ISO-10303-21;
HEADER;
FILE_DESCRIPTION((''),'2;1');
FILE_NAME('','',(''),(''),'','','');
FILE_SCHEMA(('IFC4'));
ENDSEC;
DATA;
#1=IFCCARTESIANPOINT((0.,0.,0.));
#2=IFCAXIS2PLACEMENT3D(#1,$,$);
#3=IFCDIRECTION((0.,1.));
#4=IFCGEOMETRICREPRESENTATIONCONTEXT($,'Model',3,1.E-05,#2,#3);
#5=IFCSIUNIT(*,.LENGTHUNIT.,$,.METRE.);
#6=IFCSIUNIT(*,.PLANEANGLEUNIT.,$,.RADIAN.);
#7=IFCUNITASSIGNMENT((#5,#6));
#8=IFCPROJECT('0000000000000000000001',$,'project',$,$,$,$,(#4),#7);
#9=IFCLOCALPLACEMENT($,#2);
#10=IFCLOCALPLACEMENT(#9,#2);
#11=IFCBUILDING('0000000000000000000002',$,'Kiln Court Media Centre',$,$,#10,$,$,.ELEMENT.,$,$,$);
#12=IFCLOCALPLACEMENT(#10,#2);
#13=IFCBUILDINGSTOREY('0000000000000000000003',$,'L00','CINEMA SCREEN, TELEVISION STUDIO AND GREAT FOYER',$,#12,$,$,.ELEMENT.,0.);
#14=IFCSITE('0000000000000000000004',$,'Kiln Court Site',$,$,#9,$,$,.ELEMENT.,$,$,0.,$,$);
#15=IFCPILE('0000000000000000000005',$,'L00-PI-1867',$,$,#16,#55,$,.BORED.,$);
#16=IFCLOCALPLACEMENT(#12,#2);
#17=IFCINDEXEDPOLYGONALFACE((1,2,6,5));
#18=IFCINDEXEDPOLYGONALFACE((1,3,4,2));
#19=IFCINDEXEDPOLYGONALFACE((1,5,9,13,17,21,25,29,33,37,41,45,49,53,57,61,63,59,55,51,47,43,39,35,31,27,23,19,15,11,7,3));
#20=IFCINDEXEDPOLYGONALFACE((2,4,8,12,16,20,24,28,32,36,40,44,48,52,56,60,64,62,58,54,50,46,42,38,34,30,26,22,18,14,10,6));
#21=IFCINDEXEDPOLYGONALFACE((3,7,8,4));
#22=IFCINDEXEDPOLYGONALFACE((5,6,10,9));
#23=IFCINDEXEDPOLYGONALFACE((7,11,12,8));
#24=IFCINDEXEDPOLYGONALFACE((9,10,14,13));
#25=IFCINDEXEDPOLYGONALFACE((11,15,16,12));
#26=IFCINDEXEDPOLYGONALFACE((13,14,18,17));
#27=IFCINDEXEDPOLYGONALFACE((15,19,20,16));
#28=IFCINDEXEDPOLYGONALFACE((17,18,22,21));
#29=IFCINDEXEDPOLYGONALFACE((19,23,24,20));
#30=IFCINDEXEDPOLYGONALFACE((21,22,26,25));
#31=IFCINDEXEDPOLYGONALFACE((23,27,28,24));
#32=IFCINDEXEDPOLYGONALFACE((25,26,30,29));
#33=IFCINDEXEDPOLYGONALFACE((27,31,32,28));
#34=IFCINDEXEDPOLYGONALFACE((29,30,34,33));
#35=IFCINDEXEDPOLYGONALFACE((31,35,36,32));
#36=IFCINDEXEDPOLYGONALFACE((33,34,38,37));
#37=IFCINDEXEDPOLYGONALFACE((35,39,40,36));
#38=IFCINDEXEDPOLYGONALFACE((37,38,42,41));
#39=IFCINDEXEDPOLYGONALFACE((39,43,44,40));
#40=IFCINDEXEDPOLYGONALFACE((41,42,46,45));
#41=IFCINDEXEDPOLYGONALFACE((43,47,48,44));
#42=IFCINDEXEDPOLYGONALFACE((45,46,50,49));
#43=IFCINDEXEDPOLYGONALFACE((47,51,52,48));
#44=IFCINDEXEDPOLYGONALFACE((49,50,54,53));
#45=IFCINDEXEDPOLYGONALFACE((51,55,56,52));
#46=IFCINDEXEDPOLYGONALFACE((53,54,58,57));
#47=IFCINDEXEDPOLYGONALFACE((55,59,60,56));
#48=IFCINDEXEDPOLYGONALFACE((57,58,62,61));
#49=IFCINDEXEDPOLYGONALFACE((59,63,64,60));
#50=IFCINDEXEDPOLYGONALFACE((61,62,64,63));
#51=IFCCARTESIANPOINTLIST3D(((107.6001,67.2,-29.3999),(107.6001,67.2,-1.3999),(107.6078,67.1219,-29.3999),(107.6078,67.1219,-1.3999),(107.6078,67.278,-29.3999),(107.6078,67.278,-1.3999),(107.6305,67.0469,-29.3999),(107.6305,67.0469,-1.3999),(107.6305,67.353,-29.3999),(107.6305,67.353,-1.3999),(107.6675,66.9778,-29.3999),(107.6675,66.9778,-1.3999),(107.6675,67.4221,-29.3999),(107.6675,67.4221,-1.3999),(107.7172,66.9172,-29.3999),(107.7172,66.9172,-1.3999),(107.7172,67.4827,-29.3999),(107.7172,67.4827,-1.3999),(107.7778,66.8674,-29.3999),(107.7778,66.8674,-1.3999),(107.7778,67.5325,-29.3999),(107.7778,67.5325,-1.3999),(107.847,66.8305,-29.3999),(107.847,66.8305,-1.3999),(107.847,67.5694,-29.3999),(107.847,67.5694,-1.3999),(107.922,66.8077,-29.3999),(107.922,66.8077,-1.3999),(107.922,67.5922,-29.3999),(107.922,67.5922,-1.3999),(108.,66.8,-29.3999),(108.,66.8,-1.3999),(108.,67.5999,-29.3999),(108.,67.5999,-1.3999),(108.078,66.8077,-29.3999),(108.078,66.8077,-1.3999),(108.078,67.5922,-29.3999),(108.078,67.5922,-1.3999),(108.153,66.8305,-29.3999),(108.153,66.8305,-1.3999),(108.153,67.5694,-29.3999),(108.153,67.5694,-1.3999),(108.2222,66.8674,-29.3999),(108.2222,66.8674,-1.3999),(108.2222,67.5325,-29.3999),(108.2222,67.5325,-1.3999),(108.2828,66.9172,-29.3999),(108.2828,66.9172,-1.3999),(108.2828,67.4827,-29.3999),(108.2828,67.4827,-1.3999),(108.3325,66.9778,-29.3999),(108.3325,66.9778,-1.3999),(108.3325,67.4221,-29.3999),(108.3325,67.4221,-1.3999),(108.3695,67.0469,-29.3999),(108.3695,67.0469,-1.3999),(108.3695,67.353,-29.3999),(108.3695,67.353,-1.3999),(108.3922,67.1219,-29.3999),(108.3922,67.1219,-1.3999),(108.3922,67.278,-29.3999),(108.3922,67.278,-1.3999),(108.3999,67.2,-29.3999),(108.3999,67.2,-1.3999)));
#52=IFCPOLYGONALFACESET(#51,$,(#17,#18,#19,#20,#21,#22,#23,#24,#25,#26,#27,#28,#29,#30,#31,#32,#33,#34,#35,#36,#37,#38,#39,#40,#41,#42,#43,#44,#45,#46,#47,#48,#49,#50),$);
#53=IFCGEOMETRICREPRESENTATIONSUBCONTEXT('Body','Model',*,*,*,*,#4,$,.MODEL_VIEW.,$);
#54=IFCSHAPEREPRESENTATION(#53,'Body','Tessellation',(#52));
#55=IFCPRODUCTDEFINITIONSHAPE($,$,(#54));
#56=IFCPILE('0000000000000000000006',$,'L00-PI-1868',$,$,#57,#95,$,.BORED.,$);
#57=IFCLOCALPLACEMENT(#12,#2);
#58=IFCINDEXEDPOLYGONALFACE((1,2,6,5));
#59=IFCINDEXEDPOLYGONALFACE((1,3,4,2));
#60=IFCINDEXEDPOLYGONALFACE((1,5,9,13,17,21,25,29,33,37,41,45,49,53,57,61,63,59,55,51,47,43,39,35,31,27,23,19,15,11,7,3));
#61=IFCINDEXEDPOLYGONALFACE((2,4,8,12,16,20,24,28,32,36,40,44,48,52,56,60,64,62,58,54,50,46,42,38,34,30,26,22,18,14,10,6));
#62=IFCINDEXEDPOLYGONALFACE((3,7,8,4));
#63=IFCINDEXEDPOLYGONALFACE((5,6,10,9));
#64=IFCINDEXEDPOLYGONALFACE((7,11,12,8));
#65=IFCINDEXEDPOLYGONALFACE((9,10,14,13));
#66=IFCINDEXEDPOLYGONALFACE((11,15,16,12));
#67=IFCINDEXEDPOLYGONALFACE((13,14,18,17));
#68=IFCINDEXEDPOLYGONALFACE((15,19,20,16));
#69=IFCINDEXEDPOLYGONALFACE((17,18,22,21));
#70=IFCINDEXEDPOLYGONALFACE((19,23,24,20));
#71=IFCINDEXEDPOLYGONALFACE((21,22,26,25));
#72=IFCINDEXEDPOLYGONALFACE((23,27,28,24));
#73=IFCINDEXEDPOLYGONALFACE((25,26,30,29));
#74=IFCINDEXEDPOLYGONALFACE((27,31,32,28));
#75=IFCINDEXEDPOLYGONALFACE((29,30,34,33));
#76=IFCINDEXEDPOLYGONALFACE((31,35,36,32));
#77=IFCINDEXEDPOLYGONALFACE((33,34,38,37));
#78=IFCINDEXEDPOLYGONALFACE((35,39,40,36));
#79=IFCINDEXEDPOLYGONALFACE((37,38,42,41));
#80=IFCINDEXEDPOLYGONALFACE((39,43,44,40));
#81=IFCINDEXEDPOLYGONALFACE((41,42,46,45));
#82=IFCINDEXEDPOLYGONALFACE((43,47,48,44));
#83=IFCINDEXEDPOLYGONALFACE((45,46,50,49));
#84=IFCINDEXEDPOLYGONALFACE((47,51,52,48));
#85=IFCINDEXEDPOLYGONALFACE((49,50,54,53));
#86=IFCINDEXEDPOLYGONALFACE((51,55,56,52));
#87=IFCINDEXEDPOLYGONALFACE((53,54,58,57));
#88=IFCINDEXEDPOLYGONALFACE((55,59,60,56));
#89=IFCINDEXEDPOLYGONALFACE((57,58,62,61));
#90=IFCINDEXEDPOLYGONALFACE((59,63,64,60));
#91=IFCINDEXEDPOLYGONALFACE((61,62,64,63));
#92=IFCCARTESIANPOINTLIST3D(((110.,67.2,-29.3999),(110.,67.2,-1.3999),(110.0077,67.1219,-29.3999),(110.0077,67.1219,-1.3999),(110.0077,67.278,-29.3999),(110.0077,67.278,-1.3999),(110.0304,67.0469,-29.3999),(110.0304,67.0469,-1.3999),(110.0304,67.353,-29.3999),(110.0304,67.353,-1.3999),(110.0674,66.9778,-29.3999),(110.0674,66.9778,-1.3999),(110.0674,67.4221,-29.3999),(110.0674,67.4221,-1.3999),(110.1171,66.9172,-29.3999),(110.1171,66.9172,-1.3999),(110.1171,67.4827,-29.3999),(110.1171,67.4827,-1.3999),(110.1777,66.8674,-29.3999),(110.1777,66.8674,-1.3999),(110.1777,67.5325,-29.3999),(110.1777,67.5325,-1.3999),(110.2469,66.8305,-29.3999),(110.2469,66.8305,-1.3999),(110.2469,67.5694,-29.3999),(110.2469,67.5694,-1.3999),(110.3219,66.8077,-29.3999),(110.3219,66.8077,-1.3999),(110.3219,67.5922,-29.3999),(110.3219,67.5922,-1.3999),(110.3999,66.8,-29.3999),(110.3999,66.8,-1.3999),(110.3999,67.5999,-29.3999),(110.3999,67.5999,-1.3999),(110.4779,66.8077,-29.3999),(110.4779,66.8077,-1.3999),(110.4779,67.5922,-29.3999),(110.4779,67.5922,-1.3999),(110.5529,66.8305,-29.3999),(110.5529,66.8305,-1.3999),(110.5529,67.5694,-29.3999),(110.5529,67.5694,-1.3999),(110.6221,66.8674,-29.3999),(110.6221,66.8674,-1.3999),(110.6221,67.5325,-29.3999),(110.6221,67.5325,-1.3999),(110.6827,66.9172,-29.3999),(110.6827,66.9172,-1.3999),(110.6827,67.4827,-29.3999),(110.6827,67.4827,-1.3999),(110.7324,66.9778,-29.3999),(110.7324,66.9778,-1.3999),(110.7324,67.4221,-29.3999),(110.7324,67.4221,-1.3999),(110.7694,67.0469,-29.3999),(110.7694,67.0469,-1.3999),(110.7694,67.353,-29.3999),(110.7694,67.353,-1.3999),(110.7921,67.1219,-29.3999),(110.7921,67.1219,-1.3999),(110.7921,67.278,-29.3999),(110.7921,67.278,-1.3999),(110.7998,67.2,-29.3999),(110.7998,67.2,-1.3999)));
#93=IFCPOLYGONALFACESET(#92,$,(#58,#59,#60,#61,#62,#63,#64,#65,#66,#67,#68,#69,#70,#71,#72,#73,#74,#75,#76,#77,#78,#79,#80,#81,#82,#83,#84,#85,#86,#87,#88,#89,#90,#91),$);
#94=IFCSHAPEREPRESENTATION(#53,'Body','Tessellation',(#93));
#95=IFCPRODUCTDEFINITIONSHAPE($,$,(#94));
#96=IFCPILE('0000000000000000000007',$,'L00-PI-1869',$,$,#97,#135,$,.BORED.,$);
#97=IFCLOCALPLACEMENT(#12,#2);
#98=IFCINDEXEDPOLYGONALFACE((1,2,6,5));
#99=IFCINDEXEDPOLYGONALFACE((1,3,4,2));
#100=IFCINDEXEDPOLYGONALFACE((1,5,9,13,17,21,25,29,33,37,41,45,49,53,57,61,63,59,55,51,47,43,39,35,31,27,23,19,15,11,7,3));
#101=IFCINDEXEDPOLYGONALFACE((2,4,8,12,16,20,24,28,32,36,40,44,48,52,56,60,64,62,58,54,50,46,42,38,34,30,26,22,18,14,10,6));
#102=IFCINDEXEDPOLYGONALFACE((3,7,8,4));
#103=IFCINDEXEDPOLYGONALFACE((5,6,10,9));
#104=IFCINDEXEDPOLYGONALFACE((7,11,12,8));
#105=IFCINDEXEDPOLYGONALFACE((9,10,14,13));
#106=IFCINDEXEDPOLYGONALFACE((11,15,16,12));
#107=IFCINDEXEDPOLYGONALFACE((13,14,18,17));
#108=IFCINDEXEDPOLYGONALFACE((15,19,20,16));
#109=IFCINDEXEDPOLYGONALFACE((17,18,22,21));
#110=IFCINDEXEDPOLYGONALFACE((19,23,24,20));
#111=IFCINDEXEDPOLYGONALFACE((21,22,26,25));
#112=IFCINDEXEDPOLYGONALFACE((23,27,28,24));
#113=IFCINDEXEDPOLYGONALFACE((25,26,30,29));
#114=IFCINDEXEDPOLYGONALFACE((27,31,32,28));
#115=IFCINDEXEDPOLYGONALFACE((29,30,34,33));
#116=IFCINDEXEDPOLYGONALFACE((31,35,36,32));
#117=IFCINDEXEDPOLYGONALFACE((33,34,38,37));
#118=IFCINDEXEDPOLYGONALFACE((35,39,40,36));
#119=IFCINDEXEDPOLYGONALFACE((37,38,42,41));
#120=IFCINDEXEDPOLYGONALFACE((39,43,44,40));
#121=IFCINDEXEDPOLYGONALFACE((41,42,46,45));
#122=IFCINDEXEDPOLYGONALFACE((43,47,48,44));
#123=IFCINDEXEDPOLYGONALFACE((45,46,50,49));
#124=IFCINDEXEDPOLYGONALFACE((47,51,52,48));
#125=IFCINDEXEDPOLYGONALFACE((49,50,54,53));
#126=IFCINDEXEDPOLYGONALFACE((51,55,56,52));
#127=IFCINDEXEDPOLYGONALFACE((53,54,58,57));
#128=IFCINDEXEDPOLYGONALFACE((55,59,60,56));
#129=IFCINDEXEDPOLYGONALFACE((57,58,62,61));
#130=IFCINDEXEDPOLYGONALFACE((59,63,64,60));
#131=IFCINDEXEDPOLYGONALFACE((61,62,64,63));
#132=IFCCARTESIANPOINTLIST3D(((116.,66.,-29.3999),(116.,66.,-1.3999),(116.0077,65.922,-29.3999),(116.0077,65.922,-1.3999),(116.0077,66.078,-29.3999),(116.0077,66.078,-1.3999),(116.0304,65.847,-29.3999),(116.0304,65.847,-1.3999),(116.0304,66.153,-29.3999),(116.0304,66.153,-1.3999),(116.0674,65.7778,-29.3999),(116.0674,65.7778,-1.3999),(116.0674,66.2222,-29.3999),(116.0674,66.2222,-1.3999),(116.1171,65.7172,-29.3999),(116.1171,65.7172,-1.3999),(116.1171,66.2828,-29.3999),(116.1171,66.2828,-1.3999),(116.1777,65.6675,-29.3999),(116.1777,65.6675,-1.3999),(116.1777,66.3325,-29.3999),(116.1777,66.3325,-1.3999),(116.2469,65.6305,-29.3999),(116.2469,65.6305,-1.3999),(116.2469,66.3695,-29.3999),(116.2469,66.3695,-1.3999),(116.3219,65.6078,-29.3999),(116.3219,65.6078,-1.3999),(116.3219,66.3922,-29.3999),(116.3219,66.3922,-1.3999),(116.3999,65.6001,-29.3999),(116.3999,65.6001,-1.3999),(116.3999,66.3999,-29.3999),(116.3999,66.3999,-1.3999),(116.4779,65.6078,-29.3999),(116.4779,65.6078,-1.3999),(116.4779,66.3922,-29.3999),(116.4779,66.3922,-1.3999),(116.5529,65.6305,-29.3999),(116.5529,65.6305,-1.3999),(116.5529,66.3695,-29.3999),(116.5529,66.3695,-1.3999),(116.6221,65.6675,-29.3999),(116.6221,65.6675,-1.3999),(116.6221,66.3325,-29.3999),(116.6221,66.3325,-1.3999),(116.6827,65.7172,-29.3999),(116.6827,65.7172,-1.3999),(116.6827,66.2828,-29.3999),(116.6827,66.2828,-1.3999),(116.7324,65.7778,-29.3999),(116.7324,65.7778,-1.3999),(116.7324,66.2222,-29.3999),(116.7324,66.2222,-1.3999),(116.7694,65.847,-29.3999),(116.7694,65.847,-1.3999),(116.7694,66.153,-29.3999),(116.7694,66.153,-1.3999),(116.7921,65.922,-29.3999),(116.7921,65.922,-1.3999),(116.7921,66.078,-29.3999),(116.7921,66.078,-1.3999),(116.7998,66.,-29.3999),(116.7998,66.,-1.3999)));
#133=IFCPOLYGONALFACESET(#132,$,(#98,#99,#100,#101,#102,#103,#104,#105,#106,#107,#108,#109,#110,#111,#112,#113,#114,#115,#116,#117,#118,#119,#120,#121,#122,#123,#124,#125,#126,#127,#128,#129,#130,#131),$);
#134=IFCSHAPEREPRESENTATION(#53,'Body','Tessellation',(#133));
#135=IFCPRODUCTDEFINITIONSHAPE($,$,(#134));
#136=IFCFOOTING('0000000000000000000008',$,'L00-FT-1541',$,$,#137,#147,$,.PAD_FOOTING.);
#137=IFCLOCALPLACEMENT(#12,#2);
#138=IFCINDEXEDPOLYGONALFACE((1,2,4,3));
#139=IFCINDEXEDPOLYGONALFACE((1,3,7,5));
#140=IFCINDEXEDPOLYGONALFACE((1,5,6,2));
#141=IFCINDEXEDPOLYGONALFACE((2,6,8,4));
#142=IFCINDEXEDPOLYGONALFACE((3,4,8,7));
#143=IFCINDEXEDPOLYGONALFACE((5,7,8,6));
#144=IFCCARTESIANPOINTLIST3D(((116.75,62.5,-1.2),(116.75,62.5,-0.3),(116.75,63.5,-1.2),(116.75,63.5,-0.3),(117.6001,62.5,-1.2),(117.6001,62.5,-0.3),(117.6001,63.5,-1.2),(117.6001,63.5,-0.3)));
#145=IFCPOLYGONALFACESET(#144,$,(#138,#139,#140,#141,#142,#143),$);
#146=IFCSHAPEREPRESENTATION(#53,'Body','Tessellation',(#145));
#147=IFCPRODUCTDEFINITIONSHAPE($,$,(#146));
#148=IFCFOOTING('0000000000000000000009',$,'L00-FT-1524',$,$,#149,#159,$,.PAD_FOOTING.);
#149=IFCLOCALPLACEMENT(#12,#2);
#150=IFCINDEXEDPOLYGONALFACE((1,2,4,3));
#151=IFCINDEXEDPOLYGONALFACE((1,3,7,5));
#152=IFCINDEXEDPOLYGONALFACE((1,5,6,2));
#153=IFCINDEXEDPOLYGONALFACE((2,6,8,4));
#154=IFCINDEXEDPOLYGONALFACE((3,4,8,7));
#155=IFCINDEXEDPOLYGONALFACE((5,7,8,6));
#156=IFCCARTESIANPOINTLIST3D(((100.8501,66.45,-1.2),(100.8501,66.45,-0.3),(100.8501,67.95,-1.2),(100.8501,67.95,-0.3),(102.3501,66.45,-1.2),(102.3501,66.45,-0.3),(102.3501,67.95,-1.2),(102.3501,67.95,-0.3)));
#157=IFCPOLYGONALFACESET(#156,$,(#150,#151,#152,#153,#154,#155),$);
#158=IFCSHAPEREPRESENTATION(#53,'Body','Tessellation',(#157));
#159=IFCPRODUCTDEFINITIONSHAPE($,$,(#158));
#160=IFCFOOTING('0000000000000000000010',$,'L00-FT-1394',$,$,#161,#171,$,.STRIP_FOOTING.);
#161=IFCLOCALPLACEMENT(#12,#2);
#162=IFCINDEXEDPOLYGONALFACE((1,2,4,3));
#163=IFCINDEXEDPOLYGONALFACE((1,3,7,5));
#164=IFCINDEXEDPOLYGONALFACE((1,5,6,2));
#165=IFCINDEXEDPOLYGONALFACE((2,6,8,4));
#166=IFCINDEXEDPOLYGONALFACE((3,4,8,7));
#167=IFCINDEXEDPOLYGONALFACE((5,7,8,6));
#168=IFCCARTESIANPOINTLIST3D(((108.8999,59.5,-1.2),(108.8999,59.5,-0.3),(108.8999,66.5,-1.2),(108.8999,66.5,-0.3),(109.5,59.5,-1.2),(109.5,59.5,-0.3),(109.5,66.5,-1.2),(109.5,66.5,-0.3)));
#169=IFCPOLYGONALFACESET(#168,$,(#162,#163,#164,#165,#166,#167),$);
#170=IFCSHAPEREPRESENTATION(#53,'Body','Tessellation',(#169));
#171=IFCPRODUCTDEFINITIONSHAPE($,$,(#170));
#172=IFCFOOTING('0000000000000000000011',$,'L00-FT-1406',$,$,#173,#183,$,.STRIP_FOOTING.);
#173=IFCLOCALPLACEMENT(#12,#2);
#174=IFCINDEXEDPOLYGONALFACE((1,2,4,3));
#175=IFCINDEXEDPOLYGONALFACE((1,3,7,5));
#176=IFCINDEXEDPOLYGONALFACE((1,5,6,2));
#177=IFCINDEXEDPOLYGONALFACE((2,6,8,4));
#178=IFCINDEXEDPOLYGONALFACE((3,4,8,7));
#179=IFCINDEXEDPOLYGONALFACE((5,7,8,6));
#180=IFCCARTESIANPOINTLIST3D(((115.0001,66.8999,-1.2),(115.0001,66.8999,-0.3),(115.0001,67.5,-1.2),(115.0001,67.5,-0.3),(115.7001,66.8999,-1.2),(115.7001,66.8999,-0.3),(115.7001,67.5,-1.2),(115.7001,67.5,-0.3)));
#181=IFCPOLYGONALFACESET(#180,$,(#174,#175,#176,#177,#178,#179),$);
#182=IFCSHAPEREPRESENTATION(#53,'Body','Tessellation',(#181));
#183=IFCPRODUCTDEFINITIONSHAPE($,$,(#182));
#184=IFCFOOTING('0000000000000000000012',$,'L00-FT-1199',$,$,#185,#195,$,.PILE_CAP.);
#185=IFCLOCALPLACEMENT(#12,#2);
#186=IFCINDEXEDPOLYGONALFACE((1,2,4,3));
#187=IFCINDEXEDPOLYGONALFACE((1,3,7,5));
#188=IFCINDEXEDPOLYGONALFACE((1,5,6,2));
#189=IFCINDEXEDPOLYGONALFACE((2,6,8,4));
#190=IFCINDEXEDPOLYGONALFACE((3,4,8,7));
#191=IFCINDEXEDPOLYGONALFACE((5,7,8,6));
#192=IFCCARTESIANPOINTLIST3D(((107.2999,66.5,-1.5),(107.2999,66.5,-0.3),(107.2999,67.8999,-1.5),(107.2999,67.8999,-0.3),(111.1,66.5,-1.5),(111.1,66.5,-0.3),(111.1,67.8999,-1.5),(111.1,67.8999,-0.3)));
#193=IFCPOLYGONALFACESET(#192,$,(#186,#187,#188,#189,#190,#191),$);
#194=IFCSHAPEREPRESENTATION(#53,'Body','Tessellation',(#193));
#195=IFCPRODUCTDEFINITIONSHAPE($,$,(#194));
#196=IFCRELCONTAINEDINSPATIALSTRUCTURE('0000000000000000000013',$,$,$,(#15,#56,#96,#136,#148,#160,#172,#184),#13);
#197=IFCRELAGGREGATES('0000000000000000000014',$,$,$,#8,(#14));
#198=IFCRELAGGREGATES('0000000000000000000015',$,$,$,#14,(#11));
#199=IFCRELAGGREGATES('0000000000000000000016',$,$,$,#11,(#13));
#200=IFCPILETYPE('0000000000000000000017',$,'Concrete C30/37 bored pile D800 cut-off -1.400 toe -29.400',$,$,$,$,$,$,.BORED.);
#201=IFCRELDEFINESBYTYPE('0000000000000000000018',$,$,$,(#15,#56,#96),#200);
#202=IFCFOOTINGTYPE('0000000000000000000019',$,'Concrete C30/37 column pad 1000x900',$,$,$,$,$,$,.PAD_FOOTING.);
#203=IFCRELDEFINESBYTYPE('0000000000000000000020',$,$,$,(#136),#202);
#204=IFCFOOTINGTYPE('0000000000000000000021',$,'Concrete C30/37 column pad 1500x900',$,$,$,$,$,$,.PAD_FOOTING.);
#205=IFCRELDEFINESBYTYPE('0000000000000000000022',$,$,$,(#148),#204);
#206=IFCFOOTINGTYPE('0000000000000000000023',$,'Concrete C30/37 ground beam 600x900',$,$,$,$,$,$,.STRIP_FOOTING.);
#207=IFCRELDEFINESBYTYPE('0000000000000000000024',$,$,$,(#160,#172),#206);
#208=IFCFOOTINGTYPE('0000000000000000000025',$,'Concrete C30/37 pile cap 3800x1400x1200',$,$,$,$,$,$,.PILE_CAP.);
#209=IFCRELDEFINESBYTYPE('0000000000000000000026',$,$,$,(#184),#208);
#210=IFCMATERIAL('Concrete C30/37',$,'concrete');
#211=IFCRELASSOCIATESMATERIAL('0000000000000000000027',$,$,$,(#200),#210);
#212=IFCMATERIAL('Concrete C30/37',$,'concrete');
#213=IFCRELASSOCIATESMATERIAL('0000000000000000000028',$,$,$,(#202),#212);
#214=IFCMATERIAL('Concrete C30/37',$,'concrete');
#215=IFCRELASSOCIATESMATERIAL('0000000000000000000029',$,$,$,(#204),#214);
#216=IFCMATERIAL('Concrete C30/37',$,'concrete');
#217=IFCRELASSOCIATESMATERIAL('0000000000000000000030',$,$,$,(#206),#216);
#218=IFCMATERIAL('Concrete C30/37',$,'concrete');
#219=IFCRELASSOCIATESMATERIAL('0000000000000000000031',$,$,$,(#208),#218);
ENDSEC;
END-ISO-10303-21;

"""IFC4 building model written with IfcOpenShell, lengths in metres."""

from ifc_helpers import new_model, si_unit, direction, frame, origin, origin_2d, place, context, subcontext, project, spatial, rectangle, circle, extrude, material, material_profile, profile_set, type_object, element, save


model = new_model("IFC4")

# Units and contexts
model_context = context("Model", 3, precision=1e-05, world=origin(), true_north=direction((0.0, 1.0)))
body_context = subcontext(model_context, "Body", "Model", "MODEL_VIEW")
ifc_project = project(units=[si_unit("LENGTHUNIT", "METRE"), si_unit("PLANEANGLEUNIT", "RADIAN")], contexts=[model_context])

# Site, building, storey
site_placement = place(None, origin())
site = spatial("IfcSite", under=ifc_project, at=site_placement, Name="Kiln Court Site", CompositionType="ELEMENT", RefElevation=0.0)
building_placement = place(site_placement, origin())
building = spatial("IfcBuilding", under=site, at=building_placement, Name="Kiln Court Media Centre", CompositionType="ELEMENT")
storey_placement = place(building_placement, origin())
storey = spatial("IfcBuildingStorey", under=building, at=storey_placement, Name="L00", Description="CINEMA SCREEN, TELEVISION STUDIO AND GREAT FOYER", CompositionType="ELEMENT", Elevation=0.0)

# Piles
ifc_material_1 = material(Name="Concrete C30/37", Category="concrete")
ifc_material_profile_1 = material_profile(ifc_material_1, circle(Radius=0.3999, at=origin_2d()), Name="PILE D800")
ifc_profile_set_1 = profile_set([ifc_material_profile_1], Name="Concrete C30/37")
pile_type = type_object("IfcPileType", Name="Concrete C30/37 bored pile D800 cut-off -1.400 toe -29.400", PredefinedType="BORED", material=ifc_profile_set_1)
for number, where, z_axis, x_axis, name in (
    (1, (108.0, 67.2, -1.3999), (0.0, 0.0, -1.0), (1.0, 0.0, 0.0), "L00-PI-1867"),
    (2, (110.3999, 67.2, -1.3999), (0.0, 0.0, -1.0), (1.0, 0.0, 0.0), "L00-PI-1868"),
    (3, (116.3999, 66.0, -1.3999), (0.0, 0.0, -1.0), (1.0, 0.0, 0.0), "L00-PI-1869"),
):
    element("IfcPile", number, at=place(storey_placement, frame(where, z_axis=z_axis, x_axis=x_axis)), inside=storey, type_object=pile_type, Name=name, PredefinedType="BORED", context=body_context, shape_type="SweptSolid", body=[
        extrude(circle(Radius=0.3999, at=origin_2d()), origin(), (0.0, 0.0, 1.0), 28.0),
    ])

# Footings
ifc_material_2 = material(Name="Concrete C30/37", Category="concrete")
footing_type_1 = type_object("IfcFootingType", Name="Concrete C30/37 column pad 1000x900", PredefinedType="PAD_FOOTING", material=ifc_material_2)
footing_1_placement = place(storey_placement, frame((117.175, 63.0, -1.2), z_axis=(0.0, 0.0, 1.0), x_axis=(1.0, 0.0, 0.0)))
element("IfcFooting", 4, at=footing_1_placement, inside=storey, type_object=footing_type_1, Name="L00-FT-1541", PredefinedType="PAD_FOOTING", context=body_context, shape_type="SweptSolid", body=[
    extrude(rectangle(XDim=0.8501, YDim=1.0, at=origin_2d()), origin(), (0.0, 0.0, 1.0), 0.8999),
])
ifc_material_3 = material(Name="Concrete C30/37", Category="concrete")
footing_type_2 = type_object("IfcFootingType", Name="Concrete C30/37 column pad 1500x900", PredefinedType="PAD_FOOTING", material=ifc_material_3)
footing_2_placement = place(storey_placement, frame((101.6001, 67.2, -1.2), z_axis=(0.0, 0.0, 1.0), x_axis=(1.0, 0.0, 0.0)))
element("IfcFooting", 5, at=footing_2_placement, inside=storey, type_object=footing_type_2, Name="L00-FT-1524", PredefinedType="PAD_FOOTING", context=body_context, shape_type="SweptSolid", body=[
    extrude(rectangle(XDim=1.5, YDim=1.5, at=origin_2d()), origin(), (0.0, 0.0, 1.0), 0.8999),
])
ifc_material_4 = material(Name="Concrete C30/37", Category="concrete")
footing_type_3 = type_object("IfcFootingType", Name="Concrete C30/37 ground beam 600x900", PredefinedType="STRIP_FOOTING", material=ifc_material_4)
footing_3_placement = place(storey_placement, frame((109.2, 63.0, -1.2), z_axis=(0.0, 0.0, 1.0), x_axis=(1.0, 0.0, 0.0)))
element("IfcFooting", 6, at=footing_3_placement, inside=storey, type_object=footing_type_3, Name="L00-FT-1394", PredefinedType="STRIP_FOOTING", context=body_context, shape_type="SweptSolid", body=[
    extrude(rectangle(XDim=0.6001, YDim=7.0, at=origin_2d()), origin(), (0.0, 0.0, 1.0), 0.8999),
])
footing_4_placement = place(storey_placement, frame((115.3501, 67.2, -1.2), z_axis=(0.0, 0.0, 1.0), x_axis=(1.0, 0.0, 0.0)))
element("IfcFooting", 7, at=footing_4_placement, inside=storey, type_object=footing_type_3, Name="L00-FT-1406", PredefinedType="STRIP_FOOTING", context=body_context, shape_type="SweptSolid", body=[
    extrude(rectangle(XDim=0.7, YDim=0.6001, at=origin_2d()), origin(), (0.0, 0.0, 1.0), 0.8999),
])
ifc_material_5 = material(Name="Concrete C30/37", Category="concrete")
footing_type_4 = type_object("IfcFootingType", Name="Concrete C30/37 pile cap 3800x1400x1200", PredefinedType="PILE_CAP", material=ifc_material_5)
footing_5_placement = place(storey_placement, frame((109.2, 67.2, -1.5), z_axis=(0.0, 0.0, 1.0), x_axis=(1.0, 0.0, 0.0)))
element("IfcFooting", 8, at=footing_5_placement, inside=storey, type_object=footing_type_4, Name="L00-FT-1199", PredefinedType="PILE_CAP", context=body_context, shape_type="SweptSolid", body=[
    extrude(rectangle(XDim=3.8, YDim=1.3999, at=origin_2d()), origin(), (0.0, 0.0, 1.0), 1.2),
])

save(model, "model.ifc")
